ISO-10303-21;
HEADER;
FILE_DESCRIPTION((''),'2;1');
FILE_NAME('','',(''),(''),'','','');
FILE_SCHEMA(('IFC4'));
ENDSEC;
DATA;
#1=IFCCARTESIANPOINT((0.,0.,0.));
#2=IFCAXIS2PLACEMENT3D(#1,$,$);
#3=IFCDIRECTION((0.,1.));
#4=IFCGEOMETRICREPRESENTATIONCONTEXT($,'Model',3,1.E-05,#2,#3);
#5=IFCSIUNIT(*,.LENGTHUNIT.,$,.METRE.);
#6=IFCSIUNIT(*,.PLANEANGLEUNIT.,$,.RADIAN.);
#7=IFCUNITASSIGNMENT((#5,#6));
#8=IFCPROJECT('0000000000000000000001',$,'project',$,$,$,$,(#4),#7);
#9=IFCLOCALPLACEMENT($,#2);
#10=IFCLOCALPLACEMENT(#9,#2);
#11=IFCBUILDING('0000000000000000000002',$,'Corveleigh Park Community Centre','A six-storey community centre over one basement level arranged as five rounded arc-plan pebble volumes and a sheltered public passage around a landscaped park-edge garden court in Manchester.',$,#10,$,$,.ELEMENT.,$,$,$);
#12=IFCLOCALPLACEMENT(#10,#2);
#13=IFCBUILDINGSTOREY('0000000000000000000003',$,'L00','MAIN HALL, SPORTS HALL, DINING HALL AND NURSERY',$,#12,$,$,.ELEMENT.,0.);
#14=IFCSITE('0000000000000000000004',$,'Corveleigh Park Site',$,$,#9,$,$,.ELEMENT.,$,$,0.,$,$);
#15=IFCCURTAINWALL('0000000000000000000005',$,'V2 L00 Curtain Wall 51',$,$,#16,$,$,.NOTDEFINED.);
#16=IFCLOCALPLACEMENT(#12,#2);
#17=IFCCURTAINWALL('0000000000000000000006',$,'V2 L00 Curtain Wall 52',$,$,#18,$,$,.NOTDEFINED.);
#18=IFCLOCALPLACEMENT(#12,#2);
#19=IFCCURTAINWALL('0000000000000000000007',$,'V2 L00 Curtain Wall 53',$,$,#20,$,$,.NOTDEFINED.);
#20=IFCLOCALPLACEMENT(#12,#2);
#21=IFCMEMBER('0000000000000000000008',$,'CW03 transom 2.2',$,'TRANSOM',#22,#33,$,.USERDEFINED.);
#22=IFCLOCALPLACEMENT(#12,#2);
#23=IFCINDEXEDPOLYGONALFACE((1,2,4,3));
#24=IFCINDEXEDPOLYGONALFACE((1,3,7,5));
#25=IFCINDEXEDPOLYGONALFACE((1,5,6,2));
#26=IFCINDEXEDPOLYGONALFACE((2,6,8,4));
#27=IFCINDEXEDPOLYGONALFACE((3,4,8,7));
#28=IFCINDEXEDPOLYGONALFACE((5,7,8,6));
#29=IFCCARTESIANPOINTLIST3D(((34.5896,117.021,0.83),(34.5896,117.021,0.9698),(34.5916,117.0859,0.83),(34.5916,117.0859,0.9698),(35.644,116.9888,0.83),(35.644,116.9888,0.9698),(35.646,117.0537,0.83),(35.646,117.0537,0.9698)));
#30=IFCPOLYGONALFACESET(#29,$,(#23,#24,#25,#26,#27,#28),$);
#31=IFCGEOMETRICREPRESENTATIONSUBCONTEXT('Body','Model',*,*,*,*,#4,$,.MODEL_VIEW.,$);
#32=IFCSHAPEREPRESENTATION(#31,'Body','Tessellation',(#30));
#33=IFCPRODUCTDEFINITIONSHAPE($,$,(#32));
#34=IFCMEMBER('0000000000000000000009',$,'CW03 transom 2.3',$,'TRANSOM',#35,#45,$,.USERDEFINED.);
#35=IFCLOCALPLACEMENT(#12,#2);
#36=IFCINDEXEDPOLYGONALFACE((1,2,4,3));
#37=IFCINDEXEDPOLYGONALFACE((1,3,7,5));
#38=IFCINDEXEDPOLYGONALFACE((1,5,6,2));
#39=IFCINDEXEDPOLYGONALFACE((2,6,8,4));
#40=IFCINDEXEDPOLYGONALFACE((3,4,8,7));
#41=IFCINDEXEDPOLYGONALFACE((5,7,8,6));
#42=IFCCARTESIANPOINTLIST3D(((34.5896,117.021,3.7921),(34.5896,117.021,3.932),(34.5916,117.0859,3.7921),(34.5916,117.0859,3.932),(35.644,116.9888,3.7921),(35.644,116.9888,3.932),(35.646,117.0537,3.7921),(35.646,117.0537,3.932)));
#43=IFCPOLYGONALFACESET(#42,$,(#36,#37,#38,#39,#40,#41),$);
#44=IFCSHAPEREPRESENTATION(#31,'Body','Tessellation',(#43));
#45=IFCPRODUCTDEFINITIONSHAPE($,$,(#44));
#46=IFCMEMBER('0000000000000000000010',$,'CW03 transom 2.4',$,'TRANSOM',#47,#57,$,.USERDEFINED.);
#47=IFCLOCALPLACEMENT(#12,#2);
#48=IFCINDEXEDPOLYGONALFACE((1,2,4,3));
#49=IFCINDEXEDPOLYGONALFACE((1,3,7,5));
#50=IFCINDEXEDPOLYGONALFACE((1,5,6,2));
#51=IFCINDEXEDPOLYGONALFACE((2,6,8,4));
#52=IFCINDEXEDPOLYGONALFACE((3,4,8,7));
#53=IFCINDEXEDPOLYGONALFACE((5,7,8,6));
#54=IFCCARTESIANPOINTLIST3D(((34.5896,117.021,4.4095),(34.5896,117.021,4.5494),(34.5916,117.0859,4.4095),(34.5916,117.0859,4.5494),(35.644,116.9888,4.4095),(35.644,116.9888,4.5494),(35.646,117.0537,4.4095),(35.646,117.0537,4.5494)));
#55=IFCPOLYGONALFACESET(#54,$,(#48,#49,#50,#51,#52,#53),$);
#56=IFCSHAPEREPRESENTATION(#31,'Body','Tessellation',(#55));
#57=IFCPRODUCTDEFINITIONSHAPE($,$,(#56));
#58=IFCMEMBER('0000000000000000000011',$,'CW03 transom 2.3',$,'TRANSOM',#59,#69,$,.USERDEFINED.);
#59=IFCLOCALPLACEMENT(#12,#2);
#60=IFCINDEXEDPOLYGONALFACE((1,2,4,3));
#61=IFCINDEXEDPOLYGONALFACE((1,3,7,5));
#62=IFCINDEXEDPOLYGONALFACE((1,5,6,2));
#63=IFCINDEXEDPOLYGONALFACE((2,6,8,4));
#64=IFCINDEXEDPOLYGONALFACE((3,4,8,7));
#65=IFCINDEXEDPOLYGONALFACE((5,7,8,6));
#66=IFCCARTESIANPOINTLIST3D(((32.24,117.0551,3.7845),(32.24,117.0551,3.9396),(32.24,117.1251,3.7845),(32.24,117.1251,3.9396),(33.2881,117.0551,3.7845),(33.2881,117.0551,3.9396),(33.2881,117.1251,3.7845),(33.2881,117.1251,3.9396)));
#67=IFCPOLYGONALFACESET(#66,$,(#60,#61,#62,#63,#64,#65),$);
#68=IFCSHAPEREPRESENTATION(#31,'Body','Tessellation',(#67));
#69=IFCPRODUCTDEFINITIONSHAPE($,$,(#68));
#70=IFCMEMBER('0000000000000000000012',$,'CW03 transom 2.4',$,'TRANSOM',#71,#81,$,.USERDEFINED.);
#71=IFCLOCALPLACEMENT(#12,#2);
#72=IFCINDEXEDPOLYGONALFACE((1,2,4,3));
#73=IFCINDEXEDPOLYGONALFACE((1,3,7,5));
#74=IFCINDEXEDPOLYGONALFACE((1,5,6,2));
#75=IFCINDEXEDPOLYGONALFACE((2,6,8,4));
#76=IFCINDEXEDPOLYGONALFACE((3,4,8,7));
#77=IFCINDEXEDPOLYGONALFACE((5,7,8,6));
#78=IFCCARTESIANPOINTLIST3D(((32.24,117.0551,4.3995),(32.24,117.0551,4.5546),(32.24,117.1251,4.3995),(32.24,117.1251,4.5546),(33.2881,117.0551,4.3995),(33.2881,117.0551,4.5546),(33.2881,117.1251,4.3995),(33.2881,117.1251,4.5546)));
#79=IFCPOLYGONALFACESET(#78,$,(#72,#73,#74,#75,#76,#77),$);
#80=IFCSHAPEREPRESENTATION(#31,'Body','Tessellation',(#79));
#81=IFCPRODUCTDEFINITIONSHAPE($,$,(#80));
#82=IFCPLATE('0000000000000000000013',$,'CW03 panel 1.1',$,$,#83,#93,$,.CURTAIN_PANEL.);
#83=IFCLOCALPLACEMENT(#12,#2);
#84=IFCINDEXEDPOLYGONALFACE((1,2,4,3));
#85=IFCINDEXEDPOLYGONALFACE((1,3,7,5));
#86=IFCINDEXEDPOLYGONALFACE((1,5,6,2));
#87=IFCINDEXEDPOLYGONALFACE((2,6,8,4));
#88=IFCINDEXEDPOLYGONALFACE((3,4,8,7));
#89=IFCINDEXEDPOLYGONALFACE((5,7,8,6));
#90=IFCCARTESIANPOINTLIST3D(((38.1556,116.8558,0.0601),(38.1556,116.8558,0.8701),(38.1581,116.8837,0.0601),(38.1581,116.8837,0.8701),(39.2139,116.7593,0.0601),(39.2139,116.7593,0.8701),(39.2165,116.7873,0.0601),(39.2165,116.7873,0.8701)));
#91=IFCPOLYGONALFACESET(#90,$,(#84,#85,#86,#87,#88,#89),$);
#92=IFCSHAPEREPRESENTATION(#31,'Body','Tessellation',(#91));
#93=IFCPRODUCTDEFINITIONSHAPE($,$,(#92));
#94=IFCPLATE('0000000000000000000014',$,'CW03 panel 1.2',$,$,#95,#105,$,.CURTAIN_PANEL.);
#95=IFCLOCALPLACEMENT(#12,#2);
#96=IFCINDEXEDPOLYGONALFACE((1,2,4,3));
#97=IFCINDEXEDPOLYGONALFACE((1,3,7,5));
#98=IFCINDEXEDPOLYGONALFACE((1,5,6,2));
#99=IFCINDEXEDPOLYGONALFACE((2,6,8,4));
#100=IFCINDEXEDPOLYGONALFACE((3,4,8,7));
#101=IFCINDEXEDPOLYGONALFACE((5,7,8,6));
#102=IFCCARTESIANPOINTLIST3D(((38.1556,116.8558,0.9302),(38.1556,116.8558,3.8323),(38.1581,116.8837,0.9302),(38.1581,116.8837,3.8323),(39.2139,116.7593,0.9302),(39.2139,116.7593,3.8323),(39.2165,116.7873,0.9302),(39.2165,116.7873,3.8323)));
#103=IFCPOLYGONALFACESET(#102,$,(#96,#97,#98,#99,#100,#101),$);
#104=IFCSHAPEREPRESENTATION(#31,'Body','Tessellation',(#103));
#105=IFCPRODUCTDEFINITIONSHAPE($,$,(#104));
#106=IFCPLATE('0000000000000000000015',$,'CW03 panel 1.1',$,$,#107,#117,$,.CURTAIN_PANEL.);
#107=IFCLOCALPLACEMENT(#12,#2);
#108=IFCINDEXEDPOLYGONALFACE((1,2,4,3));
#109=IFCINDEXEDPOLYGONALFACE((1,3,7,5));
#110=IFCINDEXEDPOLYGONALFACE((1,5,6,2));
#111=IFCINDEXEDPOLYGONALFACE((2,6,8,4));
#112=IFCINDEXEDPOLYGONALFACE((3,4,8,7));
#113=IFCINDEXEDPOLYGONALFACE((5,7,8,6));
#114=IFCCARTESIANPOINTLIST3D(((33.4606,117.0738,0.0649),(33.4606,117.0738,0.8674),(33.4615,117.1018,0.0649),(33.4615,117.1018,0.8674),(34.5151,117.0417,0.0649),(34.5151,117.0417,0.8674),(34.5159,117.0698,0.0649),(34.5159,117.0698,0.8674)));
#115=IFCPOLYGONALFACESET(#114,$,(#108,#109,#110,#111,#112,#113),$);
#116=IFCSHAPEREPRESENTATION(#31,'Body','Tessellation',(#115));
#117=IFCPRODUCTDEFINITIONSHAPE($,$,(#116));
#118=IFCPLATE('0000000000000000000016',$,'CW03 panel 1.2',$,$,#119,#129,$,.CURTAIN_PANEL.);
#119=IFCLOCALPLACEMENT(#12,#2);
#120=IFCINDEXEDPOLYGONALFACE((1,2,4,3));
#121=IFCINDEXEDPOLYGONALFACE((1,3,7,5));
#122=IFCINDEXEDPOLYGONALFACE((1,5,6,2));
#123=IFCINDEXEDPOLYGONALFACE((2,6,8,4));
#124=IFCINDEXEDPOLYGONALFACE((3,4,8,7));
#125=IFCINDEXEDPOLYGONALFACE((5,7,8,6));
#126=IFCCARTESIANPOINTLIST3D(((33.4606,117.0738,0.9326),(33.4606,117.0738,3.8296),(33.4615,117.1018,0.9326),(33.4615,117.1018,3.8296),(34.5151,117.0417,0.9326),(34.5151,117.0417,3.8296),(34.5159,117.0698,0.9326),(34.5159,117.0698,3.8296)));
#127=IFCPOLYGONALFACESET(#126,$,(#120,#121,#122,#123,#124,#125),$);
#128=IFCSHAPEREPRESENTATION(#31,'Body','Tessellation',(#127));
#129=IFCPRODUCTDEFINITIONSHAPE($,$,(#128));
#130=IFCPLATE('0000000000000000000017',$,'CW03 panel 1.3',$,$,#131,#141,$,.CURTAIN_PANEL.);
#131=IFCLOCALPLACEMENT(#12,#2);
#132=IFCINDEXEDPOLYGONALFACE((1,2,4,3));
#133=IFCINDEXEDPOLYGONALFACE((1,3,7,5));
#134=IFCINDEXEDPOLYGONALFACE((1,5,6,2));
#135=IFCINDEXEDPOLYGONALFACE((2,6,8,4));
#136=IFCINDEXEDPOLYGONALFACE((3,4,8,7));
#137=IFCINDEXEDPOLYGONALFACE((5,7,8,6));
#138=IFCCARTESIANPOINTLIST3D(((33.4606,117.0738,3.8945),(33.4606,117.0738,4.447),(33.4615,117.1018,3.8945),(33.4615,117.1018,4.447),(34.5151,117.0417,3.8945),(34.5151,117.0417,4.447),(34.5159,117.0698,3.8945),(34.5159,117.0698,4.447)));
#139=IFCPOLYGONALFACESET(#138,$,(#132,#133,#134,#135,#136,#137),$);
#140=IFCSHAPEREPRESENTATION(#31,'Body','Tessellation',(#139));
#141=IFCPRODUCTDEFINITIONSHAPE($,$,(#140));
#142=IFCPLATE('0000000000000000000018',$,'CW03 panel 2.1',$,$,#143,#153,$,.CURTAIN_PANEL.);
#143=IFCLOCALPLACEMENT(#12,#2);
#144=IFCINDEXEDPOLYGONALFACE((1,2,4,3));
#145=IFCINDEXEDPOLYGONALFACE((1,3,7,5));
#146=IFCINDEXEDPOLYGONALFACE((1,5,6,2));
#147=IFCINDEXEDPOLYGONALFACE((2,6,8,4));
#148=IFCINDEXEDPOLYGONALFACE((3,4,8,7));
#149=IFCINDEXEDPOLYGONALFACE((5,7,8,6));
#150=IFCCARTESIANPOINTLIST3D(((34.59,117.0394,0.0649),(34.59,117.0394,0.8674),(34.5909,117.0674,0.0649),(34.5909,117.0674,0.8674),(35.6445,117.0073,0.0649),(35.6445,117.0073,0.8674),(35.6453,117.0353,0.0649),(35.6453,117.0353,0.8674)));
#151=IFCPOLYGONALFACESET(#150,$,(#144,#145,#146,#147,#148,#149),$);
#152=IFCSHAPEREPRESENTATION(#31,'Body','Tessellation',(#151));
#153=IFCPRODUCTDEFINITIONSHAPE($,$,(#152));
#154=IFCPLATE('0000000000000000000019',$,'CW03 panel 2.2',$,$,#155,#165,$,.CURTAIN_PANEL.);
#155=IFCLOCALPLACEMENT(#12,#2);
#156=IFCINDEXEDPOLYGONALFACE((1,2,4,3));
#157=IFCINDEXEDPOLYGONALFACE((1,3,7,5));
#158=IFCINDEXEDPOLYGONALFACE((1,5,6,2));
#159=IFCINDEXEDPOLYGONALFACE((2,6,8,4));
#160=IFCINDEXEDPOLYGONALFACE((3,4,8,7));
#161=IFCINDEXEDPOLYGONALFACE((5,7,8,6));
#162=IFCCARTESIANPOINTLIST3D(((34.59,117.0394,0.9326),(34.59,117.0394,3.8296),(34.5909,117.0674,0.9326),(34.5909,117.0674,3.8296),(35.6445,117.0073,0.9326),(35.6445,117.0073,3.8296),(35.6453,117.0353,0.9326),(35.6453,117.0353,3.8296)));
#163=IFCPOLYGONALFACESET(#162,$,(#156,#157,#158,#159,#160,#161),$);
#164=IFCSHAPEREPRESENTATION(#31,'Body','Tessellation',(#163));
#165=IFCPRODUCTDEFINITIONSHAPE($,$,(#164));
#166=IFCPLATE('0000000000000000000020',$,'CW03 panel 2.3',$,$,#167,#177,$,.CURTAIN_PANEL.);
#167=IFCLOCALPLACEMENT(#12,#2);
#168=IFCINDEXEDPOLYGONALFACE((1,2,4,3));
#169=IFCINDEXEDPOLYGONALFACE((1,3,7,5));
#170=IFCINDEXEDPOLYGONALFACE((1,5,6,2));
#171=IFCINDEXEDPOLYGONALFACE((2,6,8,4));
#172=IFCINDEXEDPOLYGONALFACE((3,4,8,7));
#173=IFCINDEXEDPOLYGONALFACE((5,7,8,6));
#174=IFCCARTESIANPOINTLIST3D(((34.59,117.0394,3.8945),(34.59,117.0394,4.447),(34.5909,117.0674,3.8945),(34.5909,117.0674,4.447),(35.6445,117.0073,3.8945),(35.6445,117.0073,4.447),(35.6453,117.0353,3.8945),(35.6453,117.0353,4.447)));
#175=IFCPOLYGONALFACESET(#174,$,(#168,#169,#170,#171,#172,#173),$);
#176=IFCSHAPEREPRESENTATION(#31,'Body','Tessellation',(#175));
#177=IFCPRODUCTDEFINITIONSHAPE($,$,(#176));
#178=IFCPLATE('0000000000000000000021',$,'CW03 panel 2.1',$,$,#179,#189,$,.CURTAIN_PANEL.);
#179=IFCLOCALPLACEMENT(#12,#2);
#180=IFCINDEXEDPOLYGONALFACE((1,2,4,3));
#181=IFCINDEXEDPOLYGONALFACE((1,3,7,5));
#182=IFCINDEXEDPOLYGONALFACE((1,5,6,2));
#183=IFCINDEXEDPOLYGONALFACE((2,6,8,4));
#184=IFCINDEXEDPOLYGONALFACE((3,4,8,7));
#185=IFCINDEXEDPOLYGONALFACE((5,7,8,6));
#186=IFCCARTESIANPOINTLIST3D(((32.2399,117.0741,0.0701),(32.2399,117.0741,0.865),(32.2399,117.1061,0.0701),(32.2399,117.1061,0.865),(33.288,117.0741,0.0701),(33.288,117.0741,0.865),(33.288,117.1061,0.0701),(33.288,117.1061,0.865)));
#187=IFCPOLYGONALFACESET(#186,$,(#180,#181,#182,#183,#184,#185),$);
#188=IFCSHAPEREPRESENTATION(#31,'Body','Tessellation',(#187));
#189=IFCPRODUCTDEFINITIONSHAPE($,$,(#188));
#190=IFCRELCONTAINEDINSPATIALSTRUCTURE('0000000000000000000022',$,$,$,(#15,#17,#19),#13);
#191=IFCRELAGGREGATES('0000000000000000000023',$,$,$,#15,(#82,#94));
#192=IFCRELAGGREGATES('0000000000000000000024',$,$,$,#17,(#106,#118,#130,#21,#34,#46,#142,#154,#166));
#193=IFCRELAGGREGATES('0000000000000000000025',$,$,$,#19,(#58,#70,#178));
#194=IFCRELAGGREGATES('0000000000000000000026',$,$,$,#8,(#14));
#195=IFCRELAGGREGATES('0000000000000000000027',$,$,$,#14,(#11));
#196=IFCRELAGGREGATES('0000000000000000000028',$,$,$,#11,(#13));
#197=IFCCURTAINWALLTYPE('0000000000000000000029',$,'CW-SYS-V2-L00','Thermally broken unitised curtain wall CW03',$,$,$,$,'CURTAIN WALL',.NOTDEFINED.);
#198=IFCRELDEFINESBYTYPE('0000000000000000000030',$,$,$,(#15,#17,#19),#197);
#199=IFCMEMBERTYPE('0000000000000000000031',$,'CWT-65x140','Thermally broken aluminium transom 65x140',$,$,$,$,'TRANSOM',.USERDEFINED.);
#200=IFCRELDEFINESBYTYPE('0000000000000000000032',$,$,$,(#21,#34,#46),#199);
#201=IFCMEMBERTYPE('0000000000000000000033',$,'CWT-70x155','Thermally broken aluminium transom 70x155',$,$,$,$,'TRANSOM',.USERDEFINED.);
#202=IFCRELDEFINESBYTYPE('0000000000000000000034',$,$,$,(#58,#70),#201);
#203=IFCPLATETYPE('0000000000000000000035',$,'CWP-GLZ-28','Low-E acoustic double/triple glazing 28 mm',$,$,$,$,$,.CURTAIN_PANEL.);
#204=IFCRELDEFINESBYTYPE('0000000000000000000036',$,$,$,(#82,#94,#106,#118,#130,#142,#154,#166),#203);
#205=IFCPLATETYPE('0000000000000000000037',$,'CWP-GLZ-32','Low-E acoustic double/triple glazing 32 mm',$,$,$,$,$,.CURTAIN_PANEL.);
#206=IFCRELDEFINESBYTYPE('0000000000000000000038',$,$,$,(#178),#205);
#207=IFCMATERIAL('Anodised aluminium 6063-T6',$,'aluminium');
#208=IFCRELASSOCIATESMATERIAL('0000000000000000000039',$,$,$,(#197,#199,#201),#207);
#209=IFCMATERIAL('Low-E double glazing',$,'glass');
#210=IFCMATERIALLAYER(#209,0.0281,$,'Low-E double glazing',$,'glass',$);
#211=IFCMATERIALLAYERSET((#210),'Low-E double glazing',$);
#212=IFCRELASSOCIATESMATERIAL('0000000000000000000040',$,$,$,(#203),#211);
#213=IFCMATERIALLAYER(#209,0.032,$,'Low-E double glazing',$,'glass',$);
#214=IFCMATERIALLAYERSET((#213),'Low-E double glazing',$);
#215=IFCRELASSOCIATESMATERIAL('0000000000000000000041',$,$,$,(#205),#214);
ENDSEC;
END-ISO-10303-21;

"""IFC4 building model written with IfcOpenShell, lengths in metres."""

from ifc_helpers import new_model, si_unit, direction, frame, origin, origin_2d, place, context, subcontext, project, spatial, rectangle, extrude, material, layer, layer_set, material_profile, profile_set, type_object, element, aggregate, save


model = new_model("IFC4")

# Units and contexts
model_context = context("Model", 3, precision=1e-05, world=origin(), true_north=direction((0.0, 1.0)))
body_context = subcontext(model_context, "Body", "Model", "MODEL_VIEW")
ifc_project = project(units=[si_unit("LENGTHUNIT", "METRE"), si_unit("PLANEANGLEUNIT", "RADIAN")], contexts=[model_context])

# Site, building, storey
site_placement = place(None, origin())
site = spatial("IfcSite", under=ifc_project, at=site_placement, Name="Corveleigh Park Site", CompositionType="ELEMENT", RefElevation=0.0)
building_placement = place(site_placement, origin())
building = spatial("IfcBuilding", under=site, at=building_placement, Name="Corveleigh Park Community Centre", Description="A six-storey community centre over one basement level arranged as five rounded arc-plan pebble volumes and a sheltered public passage around a landscaped park-edge garden court in Manchester.", CompositionType="ELEMENT")
storey_placement = place(building_placement, origin())
storey = spatial("IfcBuildingStorey", under=building, at=storey_placement, Name="L00", Description="MAIN HALL, SPORTS HALL, DINING HALL AND NURSERY", CompositionType="ELEMENT", Elevation=0.0)

# Curtain wall
ifc_material_1 = material(Name="Anodised aluminium 6063-T6", Category="aluminium")
curtain_wall_type = type_object("IfcCurtainWallType", Name="CW-SYS-V2-L00", Description="Thermally broken unitised curtain wall CW03", ElementType="CURTAIN WALL", PredefinedType="NOTDEFINED", material=ifc_material_1)
curtain_wall_1_placement = place(storey_placement, origin())
curtain_wall_1 = element("IfcCurtainWall", 1, at=curtain_wall_1_placement, inside=storey, type_object=curtain_wall_type, Name="V2 L00 Curtain Wall 51", PredefinedType="NOTDEFINED")

# Curtain wall
curtain_wall_2_placement = place(storey_placement, origin())
curtain_wall_2 = element("IfcCurtainWall", 2, at=curtain_wall_2_placement, inside=storey, type_object=curtain_wall_type, Name="V2 L00 Curtain Wall 52", PredefinedType="NOTDEFINED")

# Curtain wall
curtain_wall_3_placement = place(storey_placement, origin())
curtain_wall_3 = element("IfcCurtainWall", 3, at=curtain_wall_3_placement, inside=storey, type_object=curtain_wall_type, Name="V2 L00 Curtain Wall 53", PredefinedType="NOTDEFINED")

# Members
ifc_material_profile_1 = material_profile(ifc_material_1, rectangle(XDim=0.0649, YDim=0.1399, at=origin_2d()), Name="ALU-T65x140", Category="aluminium")
ifc_profile_set_1 = profile_set([ifc_material_profile_1], Name="Anodised aluminium 6063-T6")
member_type_1 = type_object("IfcMemberType", Name="CWT-65x140", Description="Thermally broken aluminium transom 65x140", ElementType="TRANSOM", PredefinedType="USERDEFINED", material=ifc_profile_set_1)
member_1_placement = place(storey_placement, frame((34.5906, 117.0535, 0.8999), z_axis=(0.999533, -0.030548, 0.0), x_axis=(0.030548, 0.999533, 0.0)))
member_1 = element("IfcMember", 4, at=member_1_placement, type_object=member_type_1, Name="CW03 transom 2.2", ObjectType="TRANSOM", PredefinedType="USERDEFINED", context=body_context, shape_type="SweptSolid", body=[
    extrude(rectangle(XDim=0.0649, YDim=0.1399, at=origin_2d()), origin(), (0.0, 0.0, 1.0), 1.0549),
])
member_2_placement = place(storey_placement, frame((34.5906, 117.0535, 3.8621), z_axis=(0.999533, -0.030548, 0.0), x_axis=(0.030548, 0.999533, 0.0)))
member_2 = element("IfcMember", 5, at=member_2_placement, type_object=member_type_1, Name="CW03 transom 2.3", ObjectType="TRANSOM", PredefinedType="USERDEFINED", context=body_context, shape_type="SweptSolid", body=[
    extrude(rectangle(XDim=0.0649, YDim=0.1399, at=origin_2d()), origin(), (0.0, 0.0, 1.0), 1.0549),
])
member_3_placement = place(storey_placement, frame((34.5906, 117.0535, 4.4795), z_axis=(0.999533, -0.030548, 0.0), x_axis=(0.030548, 0.999533, 0.0)))
member_3 = element("IfcMember", 6, at=member_3_placement, type_object=member_type_1, Name="CW03 transom 2.4", ObjectType="TRANSOM", PredefinedType="USERDEFINED", context=body_context, shape_type="SweptSolid", body=[
    extrude(rectangle(XDim=0.0649, YDim=0.1399, at=origin_2d()), origin(), (0.0, 0.0, 1.0), 1.0549),
])
ifc_material_profile_2 = material_profile(ifc_material_1, rectangle(XDim=0.0701, YDim=0.155, at=origin_2d()), Name="ALU-T70x155", Category="aluminium")
ifc_profile_set_2 = profile_set([ifc_material_profile_2], Name="Anodised aluminium 6063-T6")
member_type_2 = type_object("IfcMemberType", Name="CWT-70x155", Description="Thermally broken aluminium transom 70x155", ElementType="TRANSOM", PredefinedType="USERDEFINED", material=ifc_profile_set_2)
member_4_placement = place(storey_placement, frame((32.24, 117.0901, 3.8621), z_axis=(1.0, 0.0, 0.0), x_axis=(0.0, 1.0, 0.0)))
member_4 = element("IfcMember", 7, at=member_4_placement, type_object=member_type_2, Name="CW03 transom 2.3", ObjectType="TRANSOM", PredefinedType="USERDEFINED", context=body_context, shape_type="SweptSolid", body=[
    extrude(rectangle(XDim=0.0701, YDim=0.155, at=origin_2d()), origin(), (0.0, 0.0, 1.0), 1.0481),
])
member_5_placement = place(storey_placement, frame((32.24, 117.0901, 4.4771), z_axis=(1.0, 0.0, 0.0), x_axis=(0.0, 1.0, 0.0)))
member_5 = element("IfcMember", 8, at=member_5_placement, type_object=member_type_2, Name="CW03 transom 2.4", ObjectType="TRANSOM", PredefinedType="USERDEFINED", context=body_context, shape_type="SweptSolid", body=[
    extrude(rectangle(XDim=0.0701, YDim=0.155, at=origin_2d()), origin(), (0.0, 0.0, 1.0), 1.0481),
])

# Plates
ifc_material_2 = material(Name="Low-E double glazing", Category="glass")
ifc_layer_1 = layer(ifc_material_2, 0.0281, Name="Low-E double glazing", Category="glass")
ifc_layer_set_1 = layer_set([ifc_layer_1], Name="Low-E double glazing")
plate_type_1 = type_object("IfcPlateType", Name="CWP-GLZ-28", Description="Low-E acoustic double/triple glazing 28 mm", PredefinedType="CURTAIN_PANEL", material=ifc_layer_set_1)
plate_1_placement = place(storey_placement, frame((38.686, 116.8215, 0.0601), z_axis=(0.0, 0.0, 1.0), x_axis=(0.995872, -0.090767, 0.0)))
plate_1 = element("IfcPlate", 9, at=plate_1_placement, type_object=plate_type_1, Name="CW03 panel 1.1", PredefinedType="CURTAIN_PANEL", context=body_context, shape_type="SweptSolid", body=[
    extrude(rectangle(XDim=1.0627, YDim=0.0281, at=origin_2d()), origin(), (0.0, 0.0, 1.0), 0.8101),
])
plate_2_placement = place(storey_placement, frame((38.686, 116.8215, 0.9302), z_axis=(0.0, 0.0, 1.0), x_axis=(0.995872, -0.090767, 0.0)))
plate_2 = element("IfcPlate", 10, at=plate_2_placement, type_object=plate_type_1, Name="CW03 panel 1.2", PredefinedType="CURTAIN_PANEL", context=body_context, shape_type="SweptSolid", body=[
    extrude(rectangle(XDim=1.0627, YDim=0.0281, at=origin_2d()), origin(), (0.0, 0.0, 1.0), 2.9021),
])
aggregate(curtain_wall_1, [plate_1, plate_2])
plate_3_placement = place(storey_placement, frame((33.9883, 117.0718, 0.0649), z_axis=(0.0, 0.0, 1.0), x_axis=(0.999538, -0.030406, 0.0)))
plate_3 = element("IfcPlate", 11, at=plate_3_placement, type_object=plate_type_1, Name="CW03 panel 1.1", PredefinedType="CURTAIN_PANEL", context=body_context, shape_type="SweptSolid", body=[
    extrude(rectangle(XDim=1.0549, YDim=0.0281, at=origin_2d()), origin(), (0.0, 0.0, 1.0), 0.8025),
])
plate_4_placement = place(storey_placement, frame((33.9883, 117.0718, 0.9326), z_axis=(0.0, 0.0, 1.0), x_axis=(0.999538, -0.030406, 0.0)))
plate_4 = element("IfcPlate", 12, at=plate_4_placement, type_object=plate_type_1, Name="CW03 panel 1.2", PredefinedType="CURTAIN_PANEL", context=body_context, shape_type="SweptSolid", body=[
    extrude(rectangle(XDim=1.0549, YDim=0.0281, at=origin_2d()), origin(), (0.0, 0.0, 1.0), 2.897),
])
plate_5_placement = place(storey_placement, frame((33.9883, 117.0718, 3.8945), z_axis=(0.0, 0.0, 1.0), x_axis=(0.999538, -0.030406, 0.0)))
plate_5 = element("IfcPlate", 13, at=plate_5_placement, type_object=plate_type_1, Name="CW03 panel 1.3", PredefinedType="CURTAIN_PANEL", context=body_context, shape_type="SweptSolid", body=[
    extrude(rectangle(XDim=1.0549, YDim=0.0281, at=origin_2d()), origin(), (0.0, 0.0, 1.0), 0.5525),
])
plate_6_placement = place(storey_placement, frame((35.1177, 117.0374, 0.0649), z_axis=(0.0, 0.0, 1.0), x_axis=(0.999538, -0.030406, 0.0)))
plate_6 = element("IfcPlate", 14, at=plate_6_placement, type_object=plate_type_1, Name="CW03 panel 2.1", PredefinedType="CURTAIN_PANEL", context=body_context, shape_type="SweptSolid", body=[
    extrude(rectangle(XDim=1.0549, YDim=0.0281, at=origin_2d()), origin(), (0.0, 0.0, 1.0), 0.8025),
])
plate_7_placement = place(storey_placement, frame((35.1177, 117.0374, 0.9326), z_axis=(0.0, 0.0, 1.0), x_axis=(0.999538, -0.030406, 0.0)))
plate_7 = element("IfcPlate", 15, at=plate_7_placement, type_object=plate_type_1, Name="CW03 panel 2.2", PredefinedType="CURTAIN_PANEL", context=body_context, shape_type="SweptSolid", body=[
    extrude(rectangle(XDim=1.0549, YDim=0.0281, at=origin_2d()), origin(), (0.0, 0.0, 1.0), 2.897),
])
plate_8_placement = place(storey_placement, frame((35.1177, 117.0374, 3.8945), z_axis=(0.0, 0.0, 1.0), x_axis=(0.999538, -0.030406, 0.0)))
plate_8 = element("IfcPlate", 16, at=plate_8_placement, type_object=plate_type_1, Name="CW03 panel 2.3", PredefinedType="CURTAIN_PANEL", context=body_context, shape_type="SweptSolid", body=[
    extrude(rectangle(XDim=1.0549, YDim=0.0281, at=origin_2d()), origin(), (0.0, 0.0, 1.0), 0.5525),
])
aggregate(curtain_wall_2, [plate_3, plate_4, plate_5, member_1, member_2, member_3, plate_6, plate_7, plate_8])
ifc_layer_2 = layer(ifc_material_2, 0.032, Name="Low-E double glazing", Category="glass")
ifc_layer_set_2 = layer_set([ifc_layer_2], Name="Low-E double glazing")
plate_type_2 = type_object("IfcPlateType", Name="CWP-GLZ-32", Description="Low-E acoustic double/triple glazing 32 mm", PredefinedType="CURTAIN_PANEL", material=ifc_layer_set_2)
plate_9_placement = place(storey_placement, frame((32.7639, 117.0901, 0.0701), z_axis=(0.0, 0.0, 1.0), x_axis=(1.0, 0.0, 0.0)))
plate_9 = element("IfcPlate", 17, at=plate_9_placement, type_object=plate_type_2, Name="CW03 panel 2.1", PredefinedType="CURTAIN_PANEL", context=body_context, shape_type="SweptSolid", body=[
    extrude(rectangle(XDim=1.0481, YDim=0.032, at=origin_2d()), origin(), (0.0, 0.0, 1.0), 0.7949),
])
aggregate(curtain_wall_3, [member_4, member_5, plate_9])

save(model, "model.ifc")
